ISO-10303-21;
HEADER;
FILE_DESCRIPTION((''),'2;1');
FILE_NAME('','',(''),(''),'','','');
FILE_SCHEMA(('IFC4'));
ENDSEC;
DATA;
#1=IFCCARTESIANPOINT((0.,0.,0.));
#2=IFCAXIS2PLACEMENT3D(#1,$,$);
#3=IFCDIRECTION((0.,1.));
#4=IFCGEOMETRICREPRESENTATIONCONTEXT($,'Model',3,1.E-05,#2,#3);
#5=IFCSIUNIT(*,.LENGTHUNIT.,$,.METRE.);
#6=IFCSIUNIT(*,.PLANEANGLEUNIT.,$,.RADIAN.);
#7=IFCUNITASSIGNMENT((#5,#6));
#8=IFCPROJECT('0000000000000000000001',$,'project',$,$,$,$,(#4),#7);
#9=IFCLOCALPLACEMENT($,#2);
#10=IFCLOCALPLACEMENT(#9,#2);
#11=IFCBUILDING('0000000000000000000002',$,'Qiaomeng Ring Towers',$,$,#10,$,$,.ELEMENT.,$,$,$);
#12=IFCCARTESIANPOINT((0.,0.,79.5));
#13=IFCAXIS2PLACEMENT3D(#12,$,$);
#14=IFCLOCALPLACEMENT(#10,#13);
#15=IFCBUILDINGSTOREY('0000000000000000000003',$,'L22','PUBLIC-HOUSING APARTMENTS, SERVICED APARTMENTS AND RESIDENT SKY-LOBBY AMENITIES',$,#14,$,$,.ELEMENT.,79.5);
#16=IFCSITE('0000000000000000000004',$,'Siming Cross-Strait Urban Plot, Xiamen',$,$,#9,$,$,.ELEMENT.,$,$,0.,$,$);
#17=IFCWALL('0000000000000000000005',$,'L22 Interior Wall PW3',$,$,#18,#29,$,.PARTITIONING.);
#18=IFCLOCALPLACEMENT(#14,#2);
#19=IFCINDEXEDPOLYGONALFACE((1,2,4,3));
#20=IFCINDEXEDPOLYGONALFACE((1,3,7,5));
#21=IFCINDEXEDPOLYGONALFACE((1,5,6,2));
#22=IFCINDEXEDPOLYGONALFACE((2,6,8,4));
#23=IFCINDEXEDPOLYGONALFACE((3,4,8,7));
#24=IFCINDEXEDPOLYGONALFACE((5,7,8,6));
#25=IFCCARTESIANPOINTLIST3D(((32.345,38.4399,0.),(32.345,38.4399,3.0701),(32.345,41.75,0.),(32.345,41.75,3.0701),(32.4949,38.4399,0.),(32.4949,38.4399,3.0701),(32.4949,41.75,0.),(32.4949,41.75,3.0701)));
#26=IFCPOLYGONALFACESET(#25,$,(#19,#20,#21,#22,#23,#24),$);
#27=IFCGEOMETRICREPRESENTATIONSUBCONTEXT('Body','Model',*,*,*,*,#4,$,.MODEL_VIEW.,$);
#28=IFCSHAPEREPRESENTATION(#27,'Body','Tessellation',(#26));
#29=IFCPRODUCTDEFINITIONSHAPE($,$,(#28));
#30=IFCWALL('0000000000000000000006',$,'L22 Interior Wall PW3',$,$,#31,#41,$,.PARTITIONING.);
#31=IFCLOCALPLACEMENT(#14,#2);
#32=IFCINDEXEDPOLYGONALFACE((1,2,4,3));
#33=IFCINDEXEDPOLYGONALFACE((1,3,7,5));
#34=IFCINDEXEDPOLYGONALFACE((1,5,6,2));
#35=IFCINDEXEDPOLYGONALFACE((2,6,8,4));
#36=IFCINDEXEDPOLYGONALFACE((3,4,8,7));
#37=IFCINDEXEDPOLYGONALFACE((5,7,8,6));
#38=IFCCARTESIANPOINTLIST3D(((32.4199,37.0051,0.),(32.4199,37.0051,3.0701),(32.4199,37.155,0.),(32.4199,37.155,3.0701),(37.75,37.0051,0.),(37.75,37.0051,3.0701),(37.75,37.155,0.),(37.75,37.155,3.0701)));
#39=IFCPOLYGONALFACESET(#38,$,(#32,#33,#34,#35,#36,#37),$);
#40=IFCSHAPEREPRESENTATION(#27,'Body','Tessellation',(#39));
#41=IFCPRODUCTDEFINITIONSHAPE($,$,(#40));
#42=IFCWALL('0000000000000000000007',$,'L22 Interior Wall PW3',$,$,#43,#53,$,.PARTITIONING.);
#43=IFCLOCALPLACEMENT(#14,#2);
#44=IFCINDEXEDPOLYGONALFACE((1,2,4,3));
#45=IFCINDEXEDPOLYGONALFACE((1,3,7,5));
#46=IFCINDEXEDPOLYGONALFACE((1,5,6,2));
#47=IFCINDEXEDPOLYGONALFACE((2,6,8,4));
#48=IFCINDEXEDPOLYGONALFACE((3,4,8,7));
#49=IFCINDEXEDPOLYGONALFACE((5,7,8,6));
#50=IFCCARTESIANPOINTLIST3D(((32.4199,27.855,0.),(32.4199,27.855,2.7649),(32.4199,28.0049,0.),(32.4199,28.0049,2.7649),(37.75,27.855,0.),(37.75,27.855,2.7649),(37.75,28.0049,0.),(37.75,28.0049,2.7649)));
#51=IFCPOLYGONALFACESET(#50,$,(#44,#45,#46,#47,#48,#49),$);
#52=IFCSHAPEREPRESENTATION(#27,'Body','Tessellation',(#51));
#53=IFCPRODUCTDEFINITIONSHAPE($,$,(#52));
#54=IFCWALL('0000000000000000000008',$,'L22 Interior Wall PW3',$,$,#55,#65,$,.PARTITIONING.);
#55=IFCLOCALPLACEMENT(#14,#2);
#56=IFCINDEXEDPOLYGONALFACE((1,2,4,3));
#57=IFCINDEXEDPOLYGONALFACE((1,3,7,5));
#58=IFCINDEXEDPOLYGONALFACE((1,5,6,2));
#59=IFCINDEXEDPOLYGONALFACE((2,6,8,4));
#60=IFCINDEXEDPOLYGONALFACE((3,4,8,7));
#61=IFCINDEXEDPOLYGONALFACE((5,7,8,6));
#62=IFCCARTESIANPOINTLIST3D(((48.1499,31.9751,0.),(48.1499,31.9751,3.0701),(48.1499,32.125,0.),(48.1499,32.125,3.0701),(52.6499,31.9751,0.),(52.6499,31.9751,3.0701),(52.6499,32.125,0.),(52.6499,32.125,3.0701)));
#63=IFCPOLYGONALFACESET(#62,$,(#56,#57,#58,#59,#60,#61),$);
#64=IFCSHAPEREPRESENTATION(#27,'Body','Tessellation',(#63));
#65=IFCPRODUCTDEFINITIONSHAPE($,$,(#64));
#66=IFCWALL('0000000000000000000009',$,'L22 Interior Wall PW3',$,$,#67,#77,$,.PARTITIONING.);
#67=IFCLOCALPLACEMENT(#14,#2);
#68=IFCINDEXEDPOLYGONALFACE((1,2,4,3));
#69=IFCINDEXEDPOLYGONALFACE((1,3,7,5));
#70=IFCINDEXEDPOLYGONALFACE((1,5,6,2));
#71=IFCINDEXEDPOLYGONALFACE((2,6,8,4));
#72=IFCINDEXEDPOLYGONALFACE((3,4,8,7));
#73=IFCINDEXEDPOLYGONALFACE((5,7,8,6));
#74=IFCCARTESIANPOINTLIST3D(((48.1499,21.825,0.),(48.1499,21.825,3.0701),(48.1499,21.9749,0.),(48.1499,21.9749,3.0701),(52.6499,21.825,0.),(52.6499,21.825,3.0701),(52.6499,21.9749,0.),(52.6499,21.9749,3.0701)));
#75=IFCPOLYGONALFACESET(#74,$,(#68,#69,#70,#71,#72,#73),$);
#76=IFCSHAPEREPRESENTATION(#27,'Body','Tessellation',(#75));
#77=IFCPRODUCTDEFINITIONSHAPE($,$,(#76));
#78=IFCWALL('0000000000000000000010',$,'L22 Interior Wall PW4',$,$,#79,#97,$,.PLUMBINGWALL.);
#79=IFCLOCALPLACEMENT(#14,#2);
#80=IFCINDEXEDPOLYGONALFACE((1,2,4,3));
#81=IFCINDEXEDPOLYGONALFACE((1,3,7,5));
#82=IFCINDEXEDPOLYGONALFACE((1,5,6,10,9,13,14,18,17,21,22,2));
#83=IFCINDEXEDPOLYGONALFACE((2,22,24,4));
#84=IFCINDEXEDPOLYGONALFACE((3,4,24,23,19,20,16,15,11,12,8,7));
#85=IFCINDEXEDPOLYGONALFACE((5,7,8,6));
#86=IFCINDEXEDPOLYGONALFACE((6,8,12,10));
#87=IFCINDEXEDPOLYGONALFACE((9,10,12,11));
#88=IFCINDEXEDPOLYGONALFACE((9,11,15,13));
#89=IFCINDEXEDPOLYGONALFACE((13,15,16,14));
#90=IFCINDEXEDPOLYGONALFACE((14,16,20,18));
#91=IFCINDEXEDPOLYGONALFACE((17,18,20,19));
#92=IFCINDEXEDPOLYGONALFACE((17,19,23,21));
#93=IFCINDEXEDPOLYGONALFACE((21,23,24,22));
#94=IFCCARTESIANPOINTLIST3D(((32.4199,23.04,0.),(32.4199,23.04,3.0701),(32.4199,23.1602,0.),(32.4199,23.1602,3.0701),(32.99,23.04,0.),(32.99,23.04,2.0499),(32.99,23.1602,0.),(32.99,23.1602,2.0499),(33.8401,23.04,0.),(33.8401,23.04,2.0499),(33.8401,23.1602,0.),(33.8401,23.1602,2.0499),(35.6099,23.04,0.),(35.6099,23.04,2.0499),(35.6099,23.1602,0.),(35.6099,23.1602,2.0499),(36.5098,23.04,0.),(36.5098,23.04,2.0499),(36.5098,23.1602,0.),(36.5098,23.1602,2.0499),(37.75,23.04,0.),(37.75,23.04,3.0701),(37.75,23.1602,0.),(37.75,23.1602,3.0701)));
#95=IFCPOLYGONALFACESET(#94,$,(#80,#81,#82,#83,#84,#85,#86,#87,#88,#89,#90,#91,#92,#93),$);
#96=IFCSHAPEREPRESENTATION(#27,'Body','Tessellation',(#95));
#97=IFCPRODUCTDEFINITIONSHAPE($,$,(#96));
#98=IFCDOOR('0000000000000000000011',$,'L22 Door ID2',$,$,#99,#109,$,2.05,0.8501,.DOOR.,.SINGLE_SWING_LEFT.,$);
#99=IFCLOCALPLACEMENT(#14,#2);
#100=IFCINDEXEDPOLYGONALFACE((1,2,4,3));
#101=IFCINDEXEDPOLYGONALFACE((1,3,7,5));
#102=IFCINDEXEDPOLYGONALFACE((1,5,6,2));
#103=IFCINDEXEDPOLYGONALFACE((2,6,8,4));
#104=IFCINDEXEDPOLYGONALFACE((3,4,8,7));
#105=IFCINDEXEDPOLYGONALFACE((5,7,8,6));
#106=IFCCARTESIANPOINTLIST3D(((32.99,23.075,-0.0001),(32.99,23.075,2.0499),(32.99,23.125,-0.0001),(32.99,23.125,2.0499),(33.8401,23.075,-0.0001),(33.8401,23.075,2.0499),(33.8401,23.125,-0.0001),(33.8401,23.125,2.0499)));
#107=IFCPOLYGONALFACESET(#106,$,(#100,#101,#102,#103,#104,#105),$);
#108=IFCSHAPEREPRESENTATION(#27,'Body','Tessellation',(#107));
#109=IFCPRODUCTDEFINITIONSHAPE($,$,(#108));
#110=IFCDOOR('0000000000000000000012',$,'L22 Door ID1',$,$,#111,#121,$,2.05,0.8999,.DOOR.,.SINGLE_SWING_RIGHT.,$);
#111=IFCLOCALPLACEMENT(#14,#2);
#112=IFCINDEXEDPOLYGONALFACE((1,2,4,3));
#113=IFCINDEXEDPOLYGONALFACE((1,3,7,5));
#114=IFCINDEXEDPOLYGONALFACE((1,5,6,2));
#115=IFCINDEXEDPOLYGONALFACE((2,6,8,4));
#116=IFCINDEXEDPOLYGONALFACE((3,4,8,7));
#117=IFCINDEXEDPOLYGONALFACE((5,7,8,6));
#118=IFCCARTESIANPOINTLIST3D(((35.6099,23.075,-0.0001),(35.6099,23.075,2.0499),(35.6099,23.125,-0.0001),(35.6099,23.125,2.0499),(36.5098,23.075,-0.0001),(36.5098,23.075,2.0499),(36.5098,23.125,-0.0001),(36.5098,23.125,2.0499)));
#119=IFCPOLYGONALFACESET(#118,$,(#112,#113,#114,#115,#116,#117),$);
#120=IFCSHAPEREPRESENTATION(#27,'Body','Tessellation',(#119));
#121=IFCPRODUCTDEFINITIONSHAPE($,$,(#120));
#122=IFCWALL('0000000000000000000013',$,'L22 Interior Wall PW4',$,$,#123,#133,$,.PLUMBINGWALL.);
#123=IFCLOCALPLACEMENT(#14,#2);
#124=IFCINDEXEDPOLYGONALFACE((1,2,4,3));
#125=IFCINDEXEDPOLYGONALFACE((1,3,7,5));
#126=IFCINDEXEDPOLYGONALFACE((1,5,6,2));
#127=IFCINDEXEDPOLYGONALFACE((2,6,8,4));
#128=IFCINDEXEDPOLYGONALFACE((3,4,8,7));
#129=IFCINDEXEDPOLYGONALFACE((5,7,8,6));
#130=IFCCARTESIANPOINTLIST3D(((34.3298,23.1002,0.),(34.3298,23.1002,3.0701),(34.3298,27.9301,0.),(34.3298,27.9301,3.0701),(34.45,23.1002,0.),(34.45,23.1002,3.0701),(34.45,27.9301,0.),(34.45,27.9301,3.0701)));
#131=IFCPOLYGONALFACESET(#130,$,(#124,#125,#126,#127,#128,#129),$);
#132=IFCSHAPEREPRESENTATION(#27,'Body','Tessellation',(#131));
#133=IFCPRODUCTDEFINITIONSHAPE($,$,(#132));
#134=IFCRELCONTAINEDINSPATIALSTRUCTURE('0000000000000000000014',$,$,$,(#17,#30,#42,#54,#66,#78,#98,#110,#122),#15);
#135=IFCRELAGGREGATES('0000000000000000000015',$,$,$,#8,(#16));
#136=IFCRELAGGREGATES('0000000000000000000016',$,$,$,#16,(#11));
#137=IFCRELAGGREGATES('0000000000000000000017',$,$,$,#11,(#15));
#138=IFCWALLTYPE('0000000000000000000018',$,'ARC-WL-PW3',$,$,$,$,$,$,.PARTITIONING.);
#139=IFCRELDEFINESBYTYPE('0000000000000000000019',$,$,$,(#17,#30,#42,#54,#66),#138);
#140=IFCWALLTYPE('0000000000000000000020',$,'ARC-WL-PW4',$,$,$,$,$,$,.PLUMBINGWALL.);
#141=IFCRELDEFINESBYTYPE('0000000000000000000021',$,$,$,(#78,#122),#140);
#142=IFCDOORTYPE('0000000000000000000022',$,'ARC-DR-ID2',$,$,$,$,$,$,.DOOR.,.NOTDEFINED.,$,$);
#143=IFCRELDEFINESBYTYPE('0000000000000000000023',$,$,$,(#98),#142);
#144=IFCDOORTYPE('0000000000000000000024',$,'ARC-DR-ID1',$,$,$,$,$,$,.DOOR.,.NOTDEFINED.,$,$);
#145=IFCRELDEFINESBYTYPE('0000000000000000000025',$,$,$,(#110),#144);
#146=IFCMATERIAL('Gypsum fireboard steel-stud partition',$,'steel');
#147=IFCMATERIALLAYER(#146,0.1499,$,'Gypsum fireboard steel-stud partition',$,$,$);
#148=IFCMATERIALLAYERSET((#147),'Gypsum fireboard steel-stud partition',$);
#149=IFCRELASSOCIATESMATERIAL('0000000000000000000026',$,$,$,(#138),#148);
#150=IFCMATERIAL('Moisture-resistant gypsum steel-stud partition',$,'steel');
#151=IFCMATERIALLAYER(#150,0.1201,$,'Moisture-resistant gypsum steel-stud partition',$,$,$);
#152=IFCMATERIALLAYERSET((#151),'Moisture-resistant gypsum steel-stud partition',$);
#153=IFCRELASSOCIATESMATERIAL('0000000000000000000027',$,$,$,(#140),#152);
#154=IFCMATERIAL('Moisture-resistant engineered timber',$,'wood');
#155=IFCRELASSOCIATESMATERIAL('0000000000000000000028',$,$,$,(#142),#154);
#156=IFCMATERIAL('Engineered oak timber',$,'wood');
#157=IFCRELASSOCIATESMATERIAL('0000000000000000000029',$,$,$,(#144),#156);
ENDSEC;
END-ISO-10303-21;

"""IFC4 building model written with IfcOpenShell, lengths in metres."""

from ifc_helpers import new_model, si_unit, direction, frame, frame_2d, origin, place, context, subcontext, project, spatial, rectangle, extrude, source, transform, mapped, material, layer, layer_set, type_object, element, fill, save


model = new_model("IFC4")

# Units and contexts
model_context = context("Model", 3, precision=1e-05, world=origin(), true_north=direction((0.0, 1.0)))
body_context = subcontext(model_context, "Body", "Model", "MODEL_VIEW")
ifc_project = project(units=[si_unit("LENGTHUNIT", "METRE"), si_unit("PLANEANGLEUNIT", "RADIAN")], contexts=[model_context])

# Site, building, storey
site_placement = place(None, origin())
site = spatial("IfcSite", under=ifc_project, at=site_placement, Name="Siming Cross-Strait Urban Plot, Xiamen", CompositionType="ELEMENT", RefElevation=0.0)
building_placement = place(site_placement, origin())
building = spatial("IfcBuilding", under=site, at=building_placement, Name="Qiaomeng Ring Towers", CompositionType="ELEMENT")
storey_placement = place(building_placement, frame((0.0, 0.0, 79.5)))
storey = spatial("IfcBuildingStorey", under=building, at=storey_placement, Name="L22", Description="PUBLIC-HOUSING APARTMENTS, SERVICED APARTMENTS AND RESIDENT SKY-LOBBY AMENITIES", CompositionType="ELEMENT", Elevation=79.5)

# Walls
ifc_material_1 = material(Name="Gypsum fireboard steel-stud partition", Category="steel")
ifc_layer_1 = layer(ifc_material_1, 0.1499, Name="Gypsum fireboard steel-stud partition")
ifc_layer_set_1 = layer_set([ifc_layer_1], Name="Gypsum fireboard steel-stud partition")
wall_type_1 = type_object("IfcWallType", Name="ARC-WL-PW3", PredefinedType="PARTITIONING", material=ifc_layer_set_1)
wall_1_placement = place(storey_placement, frame((32.4199, 38.4399, 0.0), z_axis=(0.0, 0.0, 1.0), x_axis=(0.0, 1.0, 0.0)))
element("IfcWall", 1, at=wall_1_placement, inside=storey, type_object=wall_type_1, Name="L22 Interior Wall PW3", PredefinedType="PARTITIONING", context=body_context, shape_type="SweptSolid", body=[
    extrude(rectangle(XDim=3.3101, YDim=0.1499, at=frame_2d((1.655, 0.0))), origin(), (0.0, 0.0, 1.0), 3.0701),
])
wall_2_placement = place(storey_placement, frame((32.4199, 37.0801, 0.0), z_axis=(0.0, 0.0, 1.0), x_axis=(1.0, 0.0, 0.0)))
element("IfcWall", 2, at=wall_2_placement, inside=storey, type_object=wall_type_1, Name="L22 Interior Wall PW3", PredefinedType="PARTITIONING", context=body_context, shape_type="SweptSolid", body=[
    extrude(rectangle(XDim=5.3301, YDim=0.1499, at=frame_2d((2.665, 0.0))), origin(), (0.0, 0.0, 1.0), 3.0701),
])
wall_3_placement = place(storey_placement, frame((32.4199, 27.9299, 0.0), z_axis=(0.0, 0.0, 1.0), x_axis=(1.0, 0.0, 0.0)))
element("IfcWall", 3, at=wall_3_placement, inside=storey, type_object=wall_type_1, Name="L22 Interior Wall PW3", PredefinedType="PARTITIONING", context=body_context, shape_type="SweptSolid", body=[
    extrude(rectangle(XDim=5.3301, YDim=0.1499, at=frame_2d((2.665, 0.0))), origin(), (0.0, 0.0, 1.0), 2.7649),
])
for number, where, z_axis, x_axis, name in (
    (4, (48.1499, 32.05, 0.0), (0.0, 0.0, 1.0), (1.0, 0.0, 0.0), "L22 Interior Wall PW3"),
    (5, (48.1499, 21.8999, 0.0), (0.0, 0.0, 1.0), (1.0, 0.0, 0.0), "L22 Interior Wall PW3"),
):
    element("IfcWall", number, at=place(storey_placement, frame(where, z_axis=z_axis, x_axis=x_axis)), inside=storey, type_object=wall_type_1, Name=name, PredefinedType="PARTITIONING", context=body_context, shape_type="SweptSolid", body=[
        extrude(rectangle(XDim=4.5, YDim=0.1499, at=frame_2d((2.25, 0.0))), origin(), (0.0, 0.0, 1.0), 3.0701),
    ])

# Wall, openings, doors
ifc_material_2 = material(Name="Moisture-resistant gypsum steel-stud partition", Category="steel")
ifc_layer_2 = layer(ifc_material_2, 0.1201, Name="Moisture-resistant gypsum steel-stud partition")
ifc_layer_set_2 = layer_set([ifc_layer_2], Name="Moisture-resistant gypsum steel-stud partition")
wall_type_2 = type_object("IfcWallType", Name="ARC-WL-PW4", PredefinedType="PLUMBINGWALL", material=ifc_layer_set_2)
wall_4_placement = place(storey_placement, frame((32.4199, 23.1001, 0.0), z_axis=(0.0, 0.0, 1.0), x_axis=(1.0, 0.0, 0.0)))
wall_4 = element("IfcWall", 6, at=wall_4_placement, inside=storey, type_object=wall_type_2, Name="L22 Interior Wall PW4", PredefinedType="PLUMBINGWALL", context=body_context, shape_type="SweptSolid", body=[
    extrude(rectangle(XDim=5.3301, YDim=0.1201, at=frame_2d((2.665, 0.0))), origin(), (0.0, 0.0, 1.0), 3.0701),
])
opening_1_placement = place(wall_4_placement, frame((0.5701, 0.0, 0.0)))
opening_1 = element("IfcOpeningElement", 7, at=opening_1_placement, cuts=wall_4, PredefinedType="OPENING", context=body_context, shape_type="SweptSolid", body=[
    extrude(rectangle(XDim=0.8501, YDim=2.05, at=frame_2d((0.425, 1.0249))), frame((0.0, 0.0701, 0.0), z_axis=(0.0, -1.0, 0.0), x_axis=(1.0, 0.0, 0.0)), (0.0, 0.0, 1.0), 0.1401),
])
opening_2_placement = place(wall_4_placement, frame((3.1899, 0.0, 0.0)))
opening_2 = element("IfcOpeningElement", 8, at=opening_2_placement, cuts=wall_4, PredefinedType="OPENING", context=body_context, shape_type="SweptSolid", body=[
    extrude(rectangle(XDim=0.8999, YDim=2.05, at=frame_2d((0.45, 1.0249))), frame((0.0, 0.0701, 0.0), z_axis=(0.0, -1.0, 0.0), x_axis=(1.0, 0.0, 0.0)), (0.0, 0.0, 1.0), 0.1401),
])
ifc_material_3 = material(Name="Moisture-resistant engineered timber", Category="wood")
door_type_1 = type_object("IfcDoorType", Name="ARC-DR-ID2", OperationType="NOTDEFINED", PredefinedType="DOOR", material=ifc_material_3)
shared_shape_1 = source(origin(), body_context, "Body", "SweptSolid", [
    extrude(rectangle(XDim=0.8501, YDim=2.05, at=frame_2d((0.425, 1.0249))), frame((0.0, 0.0249, 0.0), z_axis=(0.0, -1.0, 0.0), x_axis=(1.0, 0.0, 0.0)), (0.0, 0.0, 1.0), 0.05),
])
door_1_placement = place(opening_1_placement, origin())
door_1 = element("IfcDoor", 9, at=door_1_placement, inside=storey, type_object=door_type_1, Name="L22 Door ID2", OperationType="SINGLE_SWING_LEFT", OverallHeight=2.05, OverallWidth=0.8501, PredefinedType="DOOR", context=body_context, shape_type="MappedRepresentation", body=[
    mapped(shared_shape_1, transform((0.0, 0.0, 0.0), x_axis=(1.0, 0.0, 0.0), y_axis=(0.0, 1.0, 0.0), z_axis=(0.0, 0.0, 1.0), scale=1.0)),
])
fill(opening_1, door_1)
ifc_material_4 = material(Name="Engineered oak timber", Category="wood")
door_type_2 = type_object("IfcDoorType", Name="ARC-DR-ID1", OperationType="NOTDEFINED", PredefinedType="DOOR", material=ifc_material_4)
shared_shape_2 = source(origin(), body_context, "Body", "SweptSolid", [
    extrude(rectangle(XDim=0.8999, YDim=2.05, at=frame_2d((0.45, 1.0249))), frame((0.0, 0.0249, 0.0), z_axis=(0.0, -1.0, 0.0), x_axis=(1.0, 0.0, 0.0)), (0.0, 0.0, 1.0), 0.05),
])
door_2_placement = place(opening_2_placement, origin())
door_2 = element("IfcDoor", 10, at=door_2_placement, inside=storey, type_object=door_type_2, Name="L22 Door ID1", OperationType="SINGLE_SWING_RIGHT", OverallHeight=2.05, OverallWidth=0.8999, PredefinedType="DOOR", context=body_context, shape_type="MappedRepresentation", body=[
    mapped(shared_shape_2, transform((0.0, 0.0, 0.0), x_axis=(1.0, 0.0, 0.0), y_axis=(0.0, 1.0, 0.0), z_axis=(0.0, 0.0, 1.0), scale=1.0)),
])
fill(opening_2, door_2)

# Wall
wall_5_placement = place(storey_placement, frame((34.3899, 23.1001, 0.0), z_axis=(0.0, 0.0, 1.0), x_axis=(0.0, 1.0, 0.0)))
element("IfcWall", 11, at=wall_5_placement, inside=storey, type_object=wall_type_2, Name="L22 Interior Wall PW4", PredefinedType="PLUMBINGWALL", context=body_context, shape_type="SweptSolid", body=[
    extrude(rectangle(XDim=4.8298, YDim=0.1201, at=frame_2d((2.415, 0.0))), origin(), (0.0, 0.0, 1.0), 3.0701),
])

save(model, "model.ifc")
